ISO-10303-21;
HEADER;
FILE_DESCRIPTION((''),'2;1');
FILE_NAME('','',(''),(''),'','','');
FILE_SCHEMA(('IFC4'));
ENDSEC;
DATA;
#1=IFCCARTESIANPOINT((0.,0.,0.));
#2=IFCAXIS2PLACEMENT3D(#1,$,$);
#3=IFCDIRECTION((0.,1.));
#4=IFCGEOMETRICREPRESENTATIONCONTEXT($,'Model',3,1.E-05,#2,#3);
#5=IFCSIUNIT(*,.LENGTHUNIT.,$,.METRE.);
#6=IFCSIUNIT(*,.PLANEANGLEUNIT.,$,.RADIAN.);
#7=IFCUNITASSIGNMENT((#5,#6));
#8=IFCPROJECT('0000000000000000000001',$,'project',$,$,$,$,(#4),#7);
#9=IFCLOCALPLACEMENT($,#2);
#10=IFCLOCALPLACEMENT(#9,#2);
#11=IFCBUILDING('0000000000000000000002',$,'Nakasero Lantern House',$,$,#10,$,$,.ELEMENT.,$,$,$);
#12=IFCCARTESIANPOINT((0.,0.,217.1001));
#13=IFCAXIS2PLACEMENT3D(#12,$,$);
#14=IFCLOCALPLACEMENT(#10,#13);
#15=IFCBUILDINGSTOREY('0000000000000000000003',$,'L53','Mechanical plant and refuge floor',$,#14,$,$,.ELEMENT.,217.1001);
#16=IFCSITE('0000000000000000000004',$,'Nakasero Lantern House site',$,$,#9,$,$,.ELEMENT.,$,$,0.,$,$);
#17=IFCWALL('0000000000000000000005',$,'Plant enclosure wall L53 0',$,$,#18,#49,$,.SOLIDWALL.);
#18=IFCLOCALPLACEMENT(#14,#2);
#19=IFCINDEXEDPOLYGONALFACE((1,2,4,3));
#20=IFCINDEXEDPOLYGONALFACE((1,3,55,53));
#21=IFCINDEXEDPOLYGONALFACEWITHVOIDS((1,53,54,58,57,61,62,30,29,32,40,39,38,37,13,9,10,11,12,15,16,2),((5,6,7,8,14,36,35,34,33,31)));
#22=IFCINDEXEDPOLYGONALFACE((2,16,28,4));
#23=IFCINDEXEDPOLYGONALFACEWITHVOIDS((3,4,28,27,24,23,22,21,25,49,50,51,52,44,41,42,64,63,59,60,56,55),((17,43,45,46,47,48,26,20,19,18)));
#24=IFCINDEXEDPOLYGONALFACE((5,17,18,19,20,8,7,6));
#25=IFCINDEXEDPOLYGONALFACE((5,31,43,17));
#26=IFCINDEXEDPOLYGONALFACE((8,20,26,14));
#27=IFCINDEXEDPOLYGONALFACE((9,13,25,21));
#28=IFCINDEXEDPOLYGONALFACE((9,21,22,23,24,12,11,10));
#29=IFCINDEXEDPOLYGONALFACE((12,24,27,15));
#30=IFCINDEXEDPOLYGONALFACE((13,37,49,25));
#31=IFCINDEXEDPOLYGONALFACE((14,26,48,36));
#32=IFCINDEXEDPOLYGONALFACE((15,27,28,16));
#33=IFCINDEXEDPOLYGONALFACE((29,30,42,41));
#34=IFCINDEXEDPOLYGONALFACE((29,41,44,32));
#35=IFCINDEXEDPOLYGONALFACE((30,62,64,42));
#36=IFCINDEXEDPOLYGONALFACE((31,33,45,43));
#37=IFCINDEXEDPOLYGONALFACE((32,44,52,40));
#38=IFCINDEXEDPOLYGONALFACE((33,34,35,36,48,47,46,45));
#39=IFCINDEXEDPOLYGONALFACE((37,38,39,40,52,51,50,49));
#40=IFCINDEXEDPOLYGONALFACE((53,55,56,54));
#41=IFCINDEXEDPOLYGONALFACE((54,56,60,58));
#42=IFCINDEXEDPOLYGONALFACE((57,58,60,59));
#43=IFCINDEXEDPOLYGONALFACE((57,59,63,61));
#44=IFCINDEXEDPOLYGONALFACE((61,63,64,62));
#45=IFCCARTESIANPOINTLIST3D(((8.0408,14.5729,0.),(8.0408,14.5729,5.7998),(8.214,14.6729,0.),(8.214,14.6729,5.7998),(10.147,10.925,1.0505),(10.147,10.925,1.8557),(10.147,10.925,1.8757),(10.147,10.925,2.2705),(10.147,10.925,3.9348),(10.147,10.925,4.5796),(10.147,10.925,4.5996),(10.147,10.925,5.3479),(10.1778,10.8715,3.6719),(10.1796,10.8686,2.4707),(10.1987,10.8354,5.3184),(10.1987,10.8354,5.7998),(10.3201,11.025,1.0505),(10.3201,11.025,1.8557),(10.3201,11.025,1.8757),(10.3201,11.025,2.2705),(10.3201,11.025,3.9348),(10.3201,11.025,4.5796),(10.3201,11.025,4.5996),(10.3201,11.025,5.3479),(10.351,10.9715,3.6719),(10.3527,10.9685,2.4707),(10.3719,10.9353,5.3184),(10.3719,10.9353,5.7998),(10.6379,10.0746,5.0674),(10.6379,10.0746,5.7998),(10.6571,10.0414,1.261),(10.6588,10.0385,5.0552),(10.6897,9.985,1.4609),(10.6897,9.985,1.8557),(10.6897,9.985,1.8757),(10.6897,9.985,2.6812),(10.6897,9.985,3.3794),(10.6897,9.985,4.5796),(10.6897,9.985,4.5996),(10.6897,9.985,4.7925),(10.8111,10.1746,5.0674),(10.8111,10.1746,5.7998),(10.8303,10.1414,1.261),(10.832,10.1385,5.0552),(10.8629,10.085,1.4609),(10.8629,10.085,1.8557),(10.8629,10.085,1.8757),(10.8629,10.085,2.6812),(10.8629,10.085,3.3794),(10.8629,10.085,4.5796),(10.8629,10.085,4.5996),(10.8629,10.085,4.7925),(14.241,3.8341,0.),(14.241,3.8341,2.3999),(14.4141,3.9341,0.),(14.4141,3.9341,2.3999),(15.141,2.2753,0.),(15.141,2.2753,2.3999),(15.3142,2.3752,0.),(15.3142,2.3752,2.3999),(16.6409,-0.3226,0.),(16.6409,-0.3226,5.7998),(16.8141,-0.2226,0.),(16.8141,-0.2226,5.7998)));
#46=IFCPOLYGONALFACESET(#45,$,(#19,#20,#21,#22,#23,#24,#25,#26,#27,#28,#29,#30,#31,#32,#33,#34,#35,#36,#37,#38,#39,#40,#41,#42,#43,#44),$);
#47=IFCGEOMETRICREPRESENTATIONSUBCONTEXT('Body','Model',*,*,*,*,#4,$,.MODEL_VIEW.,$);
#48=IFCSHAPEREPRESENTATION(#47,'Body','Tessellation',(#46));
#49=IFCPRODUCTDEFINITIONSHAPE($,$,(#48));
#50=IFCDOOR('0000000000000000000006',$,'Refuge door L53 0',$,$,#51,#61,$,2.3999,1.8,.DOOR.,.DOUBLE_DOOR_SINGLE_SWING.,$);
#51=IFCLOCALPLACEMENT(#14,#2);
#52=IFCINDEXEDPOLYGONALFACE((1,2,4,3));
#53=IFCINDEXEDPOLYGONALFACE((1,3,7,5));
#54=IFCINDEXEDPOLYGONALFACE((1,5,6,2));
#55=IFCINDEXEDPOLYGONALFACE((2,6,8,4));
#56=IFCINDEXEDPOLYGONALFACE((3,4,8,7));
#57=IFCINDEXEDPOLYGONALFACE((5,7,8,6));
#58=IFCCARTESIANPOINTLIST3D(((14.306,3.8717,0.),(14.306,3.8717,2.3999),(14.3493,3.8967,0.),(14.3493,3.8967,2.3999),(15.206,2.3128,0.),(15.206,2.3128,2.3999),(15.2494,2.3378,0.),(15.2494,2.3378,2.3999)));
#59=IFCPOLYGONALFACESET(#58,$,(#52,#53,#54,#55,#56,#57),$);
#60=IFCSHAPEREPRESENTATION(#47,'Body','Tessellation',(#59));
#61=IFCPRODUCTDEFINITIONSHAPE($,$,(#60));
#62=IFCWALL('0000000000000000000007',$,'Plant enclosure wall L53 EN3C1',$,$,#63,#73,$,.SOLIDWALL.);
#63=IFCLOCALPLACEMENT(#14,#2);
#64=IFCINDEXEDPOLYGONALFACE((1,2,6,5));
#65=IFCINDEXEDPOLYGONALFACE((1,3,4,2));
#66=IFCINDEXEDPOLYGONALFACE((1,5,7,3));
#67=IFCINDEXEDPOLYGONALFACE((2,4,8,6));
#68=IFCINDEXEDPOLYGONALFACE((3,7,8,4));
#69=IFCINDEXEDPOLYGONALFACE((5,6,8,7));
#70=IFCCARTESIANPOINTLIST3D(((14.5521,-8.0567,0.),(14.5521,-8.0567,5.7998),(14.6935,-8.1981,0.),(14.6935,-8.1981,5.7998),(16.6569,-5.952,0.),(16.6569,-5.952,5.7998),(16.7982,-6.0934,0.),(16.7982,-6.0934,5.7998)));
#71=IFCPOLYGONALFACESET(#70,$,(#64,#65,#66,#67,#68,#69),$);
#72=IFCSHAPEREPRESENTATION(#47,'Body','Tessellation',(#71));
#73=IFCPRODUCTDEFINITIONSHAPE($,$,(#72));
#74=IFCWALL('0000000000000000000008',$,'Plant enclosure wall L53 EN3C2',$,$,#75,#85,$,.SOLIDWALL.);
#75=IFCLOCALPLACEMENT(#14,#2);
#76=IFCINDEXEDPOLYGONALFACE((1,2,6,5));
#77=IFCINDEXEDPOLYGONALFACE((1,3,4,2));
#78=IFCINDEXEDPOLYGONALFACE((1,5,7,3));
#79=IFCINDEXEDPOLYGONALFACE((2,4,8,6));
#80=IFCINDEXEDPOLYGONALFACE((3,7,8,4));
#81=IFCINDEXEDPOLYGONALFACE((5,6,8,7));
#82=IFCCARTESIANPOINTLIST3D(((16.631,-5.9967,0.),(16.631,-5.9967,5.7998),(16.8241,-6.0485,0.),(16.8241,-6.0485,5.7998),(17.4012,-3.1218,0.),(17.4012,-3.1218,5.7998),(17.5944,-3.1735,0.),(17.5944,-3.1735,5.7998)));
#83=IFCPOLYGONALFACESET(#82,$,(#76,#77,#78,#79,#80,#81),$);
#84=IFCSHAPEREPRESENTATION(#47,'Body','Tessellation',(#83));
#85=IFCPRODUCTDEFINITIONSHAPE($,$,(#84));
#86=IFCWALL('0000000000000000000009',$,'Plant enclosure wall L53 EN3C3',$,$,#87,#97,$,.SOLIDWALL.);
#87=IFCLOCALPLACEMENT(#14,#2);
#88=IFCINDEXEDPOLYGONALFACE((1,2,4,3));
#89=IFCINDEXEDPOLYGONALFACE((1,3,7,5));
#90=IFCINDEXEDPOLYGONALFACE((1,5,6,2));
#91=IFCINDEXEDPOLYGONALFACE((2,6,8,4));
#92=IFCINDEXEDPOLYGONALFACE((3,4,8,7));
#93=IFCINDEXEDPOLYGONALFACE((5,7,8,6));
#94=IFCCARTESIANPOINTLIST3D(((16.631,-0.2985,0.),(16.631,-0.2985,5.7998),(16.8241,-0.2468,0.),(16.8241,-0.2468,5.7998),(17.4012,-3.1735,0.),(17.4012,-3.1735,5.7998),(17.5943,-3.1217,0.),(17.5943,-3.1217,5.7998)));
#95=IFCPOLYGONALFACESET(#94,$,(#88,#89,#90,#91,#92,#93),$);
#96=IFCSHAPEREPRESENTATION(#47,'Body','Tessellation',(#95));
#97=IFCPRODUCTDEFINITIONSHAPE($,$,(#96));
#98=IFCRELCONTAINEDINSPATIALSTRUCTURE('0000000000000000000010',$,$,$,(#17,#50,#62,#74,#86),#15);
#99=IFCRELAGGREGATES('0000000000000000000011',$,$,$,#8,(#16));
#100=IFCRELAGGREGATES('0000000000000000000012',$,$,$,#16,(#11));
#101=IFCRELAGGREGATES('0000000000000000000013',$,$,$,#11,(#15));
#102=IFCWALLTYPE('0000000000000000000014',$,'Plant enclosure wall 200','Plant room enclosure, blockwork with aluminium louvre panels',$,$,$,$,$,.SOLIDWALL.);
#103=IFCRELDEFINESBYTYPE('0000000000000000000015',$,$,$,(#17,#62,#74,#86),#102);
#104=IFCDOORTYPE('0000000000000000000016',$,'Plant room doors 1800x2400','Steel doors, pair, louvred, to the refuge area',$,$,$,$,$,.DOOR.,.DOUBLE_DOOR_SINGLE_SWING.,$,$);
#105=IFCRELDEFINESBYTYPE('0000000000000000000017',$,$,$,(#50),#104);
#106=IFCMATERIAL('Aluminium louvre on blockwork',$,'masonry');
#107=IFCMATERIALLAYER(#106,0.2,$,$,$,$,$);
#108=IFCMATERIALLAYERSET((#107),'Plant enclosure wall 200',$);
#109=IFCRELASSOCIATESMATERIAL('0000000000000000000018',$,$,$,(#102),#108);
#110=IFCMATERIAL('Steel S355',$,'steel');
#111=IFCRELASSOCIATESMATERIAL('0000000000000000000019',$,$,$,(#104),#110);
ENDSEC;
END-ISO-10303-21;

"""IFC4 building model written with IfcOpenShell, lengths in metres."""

from ifc_helpers import new_model, si_unit, direction, frame, frame_2d, origin, place, context, subcontext, project, spatial, polyline, rectangle, outline, extrude, material, layer, layer_set, type_object, element, fill, save


model = new_model("IFC4")

# Units and contexts
model_context = context("Model", 3, precision=1e-05, world=origin(), true_north=direction((0.0, 1.0)))
body_context = subcontext(model_context, "Body", "Model", "MODEL_VIEW")
ifc_project = project(units=[si_unit("LENGTHUNIT", "METRE"), si_unit("PLANEANGLEUNIT", "RADIAN")], contexts=[model_context])

# Site, building, storey
site_placement = place(None, origin())
site = spatial("IfcSite", under=ifc_project, at=site_placement, Name="Nakasero Lantern House site", CompositionType="ELEMENT", RefElevation=0.0)
building_placement = place(site_placement, origin())
building = spatial("IfcBuilding", under=site, at=building_placement, Name="Nakasero Lantern House", CompositionType="ELEMENT")
storey_placement = place(building_placement, frame((0.0, 0.0, 217.1001)))
storey = spatial("IfcBuildingStorey", under=building, at=storey_placement, Name="L53", Description="Mechanical plant and refuge floor", CompositionType="ELEMENT", Elevation=217.1001)

# Wall, openings, door
ifc_material_1 = material(Name="Aluminium louvre on blockwork", Category="masonry")
ifc_layer_1 = layer(ifc_material_1, 0.2)
ifc_layer_set_1 = layer_set([ifc_layer_1], Name="Plant enclosure wall 200")
wall_type_1 = type_object("IfcWallType", Name="Plant enclosure wall 200", Description="Plant room enclosure, blockwork with aluminium louvre panels", PredefinedType="SOLIDWALL", material=ifc_layer_set_1)
wall_1_placement = place(storey_placement, frame((16.7275, -0.2727, 0.0), z_axis=(0.0, 0.0, 1.0), x_axis=(-0.500008, 0.866021, 0.0)))
wall_1 = element("IfcWall", 1, at=wall_1_placement, inside=storey, type_object=wall_type_1, Name="Plant enclosure wall L53 0", PredefinedType="SOLIDWALL", context=body_context, shape_type="SweptSolid", body=[
    extrude(rectangle(XDim=17.2, YDim=0.2, at=frame_2d((8.6001, 0.0))), origin(), (0.0, 0.0, 1.0), 5.7998),
])
opening_1_placement = place(wall_1_placement, frame((3.0, 0.0, 0.0)))
opening_1 = element("IfcOpeningElement", 2, at=opening_1_placement, cuts=wall_1, PredefinedType="OPENING", context=body_context, shape_type="SweptSolid", body=[
    extrude(rectangle(XDim=1.8, YDim=2.3999, at=frame_2d((0.8999, 1.2))), frame((0.0, 0.1199, 0.0), z_axis=(0.0, -1.0, 0.0), x_axis=(1.0, 0.0, 0.0)), (0.0, 0.0, 1.0), 0.24),
])
opening_2_placement = place(wall_1_placement, origin())
element("IfcOpeningElement", 3, at=opening_2_placement, cuts=wall_1, PredefinedType="OPENING", context=body_context, shape_type="SweptSolid", body=[
    extrude(outline(polyline([(11.9023, 1.8757), (11.9023, 1.4609), (11.9675, 1.261), (12.9878, 1.0505), (12.9878, 1.8757), (11.9023, 1.8757)])), frame((0.0, 0.1199, 0.0), z_axis=(0.0, -1.0, 0.0), x_axis=(1.0, 0.0, 0.0)), (0.0, 0.0, 1.0), 0.24),
])
opening_3_placement = place(wall_1_placement, origin())
element("IfcOpeningElement", 4, at=opening_3_placement, cuts=wall_1, PredefinedType="OPENING", context=body_context, shape_type="SweptSolid", body=[
    extrude(outline(polyline([(11.9023, 2.6812), (11.9023, 1.8557), (12.9878, 1.8557), (12.9878, 2.2705), (12.9226, 2.4707), (11.9023, 2.6812)])), frame((0.0, 0.1199, 0.0), z_axis=(0.0, -1.0, 0.0), x_axis=(1.0, 0.0, 0.0)), (0.0, 0.0, 1.0), 0.24),
])
opening_4_placement = place(wall_1_placement, origin())
element("IfcOpeningElement", 5, at=opening_4_placement, cuts=wall_1, PredefinedType="OPENING", context=body_context, shape_type="SweptSolid", body=[
    extrude(outline(polyline([(12.9878, 3.9348), (12.9878, 4.5996), (11.9023, 4.5996), (11.9023, 3.3794), (12.926, 3.6719), (12.9878, 3.9348)])), frame((0.0, 0.1199, 0.0), z_axis=(0.0, -1.0, 0.0), x_axis=(1.0, 0.0, 0.0)), (0.0, 0.0, 1.0), 0.24),
])
opening_5_placement = place(wall_1_placement, origin())
element("IfcOpeningElement", 6, at=opening_5_placement, cuts=wall_1, PredefinedType="OPENING", context=body_context, shape_type="SweptSolid", body=[
    extrude(outline(polyline([(12.0059, 5.8), (12.0059, 5.0674), (11.9641, 5.0552), (11.9023, 4.7925), (11.9023, 4.5796), (12.9878, 4.5796), (12.9878, 5.3479), (12.8843, 5.3184), (12.8843, 5.8), (12.0059, 5.8)])), frame((0.0, 0.1199, 0.0), z_axis=(0.0, -1.0, 0.0), x_axis=(1.0, 0.0, 0.0)), (0.0, 0.0, 1.0), 0.24),
])
ifc_material_2 = material(Name="Steel S355", Category="steel")
door_type_1 = type_object("IfcDoorType", Name="Plant room doors 1800x2400", Description="Steel doors, pair, louvred, to the refuge area", OperationType="DOUBLE_DOOR_SINGLE_SWING", PredefinedType="DOOR", material=ifc_material_2)
door_1_placement = place(opening_1_placement, origin())
door_1 = element("IfcDoor", 7, at=door_1_placement, inside=storey, type_object=door_type_1, Name="Refuge door L53 0", OperationType="DOUBLE_DOOR_SINGLE_SWING", OverallHeight=2.3999, OverallWidth=1.8, PredefinedType="DOOR", context=body_context, shape_type="SweptSolid", body=[
    extrude(rectangle(XDim=1.8, YDim=2.3999, at=frame_2d((0.8999, 1.2))), frame((0.0, 0.0249, 0.0), z_axis=(0.0, -1.0, 0.0), x_axis=(1.0, 0.0, 0.0)), (0.0, 0.0, 1.0), 0.05),
])
fill(opening_1, door_1)

# Walls
wall_2_placement = place(storey_placement, frame((14.6228, -8.1274, 0.0), z_axis=(0.0, 0.0, 1.0), x_axis=(0.707107, 0.707107, 0.0)))
element("IfcWall", 8, at=wall_2_placement, inside=storey, type_object=wall_type_1, Name="Plant enclosure wall L53 EN3C1", PredefinedType="SOLIDWALL", context=body_context, shape_type="SweptSolid", body=[
    extrude(rectangle(XDim=2.9766, YDim=0.2, at=frame_2d((1.4883, 0.0))), origin(), (0.0, 0.0, 1.0), 5.7998),
])
for number, where, z_axis, x_axis, name in (
    (9, (16.7275, -6.0227, 0.0), (0.0, 0.0, 1.0), (0.258791, 0.965933, 0.0), "Plant enclosure wall L53 EN3C2"),
    (10, (17.4978, -3.1477, 0.0), (0.0, 0.0, 1.0), (-0.258791, 0.965933, 0.0), "Plant enclosure wall L53 EN3C3"),
):
    element("IfcWall", number, at=place(storey_placement, frame(where, z_axis=z_axis, x_axis=x_axis)), inside=storey, type_object=wall_type_1, Name=name, PredefinedType="SOLIDWALL", context=body_context, shape_type="SweptSolid", body=[
        extrude(rectangle(XDim=2.9763, YDim=0.2, at=frame_2d((1.4883, 0.0))), origin(), (0.0, 0.0, 1.0), 5.7998),
    ])

save(model, "model.ifc")
